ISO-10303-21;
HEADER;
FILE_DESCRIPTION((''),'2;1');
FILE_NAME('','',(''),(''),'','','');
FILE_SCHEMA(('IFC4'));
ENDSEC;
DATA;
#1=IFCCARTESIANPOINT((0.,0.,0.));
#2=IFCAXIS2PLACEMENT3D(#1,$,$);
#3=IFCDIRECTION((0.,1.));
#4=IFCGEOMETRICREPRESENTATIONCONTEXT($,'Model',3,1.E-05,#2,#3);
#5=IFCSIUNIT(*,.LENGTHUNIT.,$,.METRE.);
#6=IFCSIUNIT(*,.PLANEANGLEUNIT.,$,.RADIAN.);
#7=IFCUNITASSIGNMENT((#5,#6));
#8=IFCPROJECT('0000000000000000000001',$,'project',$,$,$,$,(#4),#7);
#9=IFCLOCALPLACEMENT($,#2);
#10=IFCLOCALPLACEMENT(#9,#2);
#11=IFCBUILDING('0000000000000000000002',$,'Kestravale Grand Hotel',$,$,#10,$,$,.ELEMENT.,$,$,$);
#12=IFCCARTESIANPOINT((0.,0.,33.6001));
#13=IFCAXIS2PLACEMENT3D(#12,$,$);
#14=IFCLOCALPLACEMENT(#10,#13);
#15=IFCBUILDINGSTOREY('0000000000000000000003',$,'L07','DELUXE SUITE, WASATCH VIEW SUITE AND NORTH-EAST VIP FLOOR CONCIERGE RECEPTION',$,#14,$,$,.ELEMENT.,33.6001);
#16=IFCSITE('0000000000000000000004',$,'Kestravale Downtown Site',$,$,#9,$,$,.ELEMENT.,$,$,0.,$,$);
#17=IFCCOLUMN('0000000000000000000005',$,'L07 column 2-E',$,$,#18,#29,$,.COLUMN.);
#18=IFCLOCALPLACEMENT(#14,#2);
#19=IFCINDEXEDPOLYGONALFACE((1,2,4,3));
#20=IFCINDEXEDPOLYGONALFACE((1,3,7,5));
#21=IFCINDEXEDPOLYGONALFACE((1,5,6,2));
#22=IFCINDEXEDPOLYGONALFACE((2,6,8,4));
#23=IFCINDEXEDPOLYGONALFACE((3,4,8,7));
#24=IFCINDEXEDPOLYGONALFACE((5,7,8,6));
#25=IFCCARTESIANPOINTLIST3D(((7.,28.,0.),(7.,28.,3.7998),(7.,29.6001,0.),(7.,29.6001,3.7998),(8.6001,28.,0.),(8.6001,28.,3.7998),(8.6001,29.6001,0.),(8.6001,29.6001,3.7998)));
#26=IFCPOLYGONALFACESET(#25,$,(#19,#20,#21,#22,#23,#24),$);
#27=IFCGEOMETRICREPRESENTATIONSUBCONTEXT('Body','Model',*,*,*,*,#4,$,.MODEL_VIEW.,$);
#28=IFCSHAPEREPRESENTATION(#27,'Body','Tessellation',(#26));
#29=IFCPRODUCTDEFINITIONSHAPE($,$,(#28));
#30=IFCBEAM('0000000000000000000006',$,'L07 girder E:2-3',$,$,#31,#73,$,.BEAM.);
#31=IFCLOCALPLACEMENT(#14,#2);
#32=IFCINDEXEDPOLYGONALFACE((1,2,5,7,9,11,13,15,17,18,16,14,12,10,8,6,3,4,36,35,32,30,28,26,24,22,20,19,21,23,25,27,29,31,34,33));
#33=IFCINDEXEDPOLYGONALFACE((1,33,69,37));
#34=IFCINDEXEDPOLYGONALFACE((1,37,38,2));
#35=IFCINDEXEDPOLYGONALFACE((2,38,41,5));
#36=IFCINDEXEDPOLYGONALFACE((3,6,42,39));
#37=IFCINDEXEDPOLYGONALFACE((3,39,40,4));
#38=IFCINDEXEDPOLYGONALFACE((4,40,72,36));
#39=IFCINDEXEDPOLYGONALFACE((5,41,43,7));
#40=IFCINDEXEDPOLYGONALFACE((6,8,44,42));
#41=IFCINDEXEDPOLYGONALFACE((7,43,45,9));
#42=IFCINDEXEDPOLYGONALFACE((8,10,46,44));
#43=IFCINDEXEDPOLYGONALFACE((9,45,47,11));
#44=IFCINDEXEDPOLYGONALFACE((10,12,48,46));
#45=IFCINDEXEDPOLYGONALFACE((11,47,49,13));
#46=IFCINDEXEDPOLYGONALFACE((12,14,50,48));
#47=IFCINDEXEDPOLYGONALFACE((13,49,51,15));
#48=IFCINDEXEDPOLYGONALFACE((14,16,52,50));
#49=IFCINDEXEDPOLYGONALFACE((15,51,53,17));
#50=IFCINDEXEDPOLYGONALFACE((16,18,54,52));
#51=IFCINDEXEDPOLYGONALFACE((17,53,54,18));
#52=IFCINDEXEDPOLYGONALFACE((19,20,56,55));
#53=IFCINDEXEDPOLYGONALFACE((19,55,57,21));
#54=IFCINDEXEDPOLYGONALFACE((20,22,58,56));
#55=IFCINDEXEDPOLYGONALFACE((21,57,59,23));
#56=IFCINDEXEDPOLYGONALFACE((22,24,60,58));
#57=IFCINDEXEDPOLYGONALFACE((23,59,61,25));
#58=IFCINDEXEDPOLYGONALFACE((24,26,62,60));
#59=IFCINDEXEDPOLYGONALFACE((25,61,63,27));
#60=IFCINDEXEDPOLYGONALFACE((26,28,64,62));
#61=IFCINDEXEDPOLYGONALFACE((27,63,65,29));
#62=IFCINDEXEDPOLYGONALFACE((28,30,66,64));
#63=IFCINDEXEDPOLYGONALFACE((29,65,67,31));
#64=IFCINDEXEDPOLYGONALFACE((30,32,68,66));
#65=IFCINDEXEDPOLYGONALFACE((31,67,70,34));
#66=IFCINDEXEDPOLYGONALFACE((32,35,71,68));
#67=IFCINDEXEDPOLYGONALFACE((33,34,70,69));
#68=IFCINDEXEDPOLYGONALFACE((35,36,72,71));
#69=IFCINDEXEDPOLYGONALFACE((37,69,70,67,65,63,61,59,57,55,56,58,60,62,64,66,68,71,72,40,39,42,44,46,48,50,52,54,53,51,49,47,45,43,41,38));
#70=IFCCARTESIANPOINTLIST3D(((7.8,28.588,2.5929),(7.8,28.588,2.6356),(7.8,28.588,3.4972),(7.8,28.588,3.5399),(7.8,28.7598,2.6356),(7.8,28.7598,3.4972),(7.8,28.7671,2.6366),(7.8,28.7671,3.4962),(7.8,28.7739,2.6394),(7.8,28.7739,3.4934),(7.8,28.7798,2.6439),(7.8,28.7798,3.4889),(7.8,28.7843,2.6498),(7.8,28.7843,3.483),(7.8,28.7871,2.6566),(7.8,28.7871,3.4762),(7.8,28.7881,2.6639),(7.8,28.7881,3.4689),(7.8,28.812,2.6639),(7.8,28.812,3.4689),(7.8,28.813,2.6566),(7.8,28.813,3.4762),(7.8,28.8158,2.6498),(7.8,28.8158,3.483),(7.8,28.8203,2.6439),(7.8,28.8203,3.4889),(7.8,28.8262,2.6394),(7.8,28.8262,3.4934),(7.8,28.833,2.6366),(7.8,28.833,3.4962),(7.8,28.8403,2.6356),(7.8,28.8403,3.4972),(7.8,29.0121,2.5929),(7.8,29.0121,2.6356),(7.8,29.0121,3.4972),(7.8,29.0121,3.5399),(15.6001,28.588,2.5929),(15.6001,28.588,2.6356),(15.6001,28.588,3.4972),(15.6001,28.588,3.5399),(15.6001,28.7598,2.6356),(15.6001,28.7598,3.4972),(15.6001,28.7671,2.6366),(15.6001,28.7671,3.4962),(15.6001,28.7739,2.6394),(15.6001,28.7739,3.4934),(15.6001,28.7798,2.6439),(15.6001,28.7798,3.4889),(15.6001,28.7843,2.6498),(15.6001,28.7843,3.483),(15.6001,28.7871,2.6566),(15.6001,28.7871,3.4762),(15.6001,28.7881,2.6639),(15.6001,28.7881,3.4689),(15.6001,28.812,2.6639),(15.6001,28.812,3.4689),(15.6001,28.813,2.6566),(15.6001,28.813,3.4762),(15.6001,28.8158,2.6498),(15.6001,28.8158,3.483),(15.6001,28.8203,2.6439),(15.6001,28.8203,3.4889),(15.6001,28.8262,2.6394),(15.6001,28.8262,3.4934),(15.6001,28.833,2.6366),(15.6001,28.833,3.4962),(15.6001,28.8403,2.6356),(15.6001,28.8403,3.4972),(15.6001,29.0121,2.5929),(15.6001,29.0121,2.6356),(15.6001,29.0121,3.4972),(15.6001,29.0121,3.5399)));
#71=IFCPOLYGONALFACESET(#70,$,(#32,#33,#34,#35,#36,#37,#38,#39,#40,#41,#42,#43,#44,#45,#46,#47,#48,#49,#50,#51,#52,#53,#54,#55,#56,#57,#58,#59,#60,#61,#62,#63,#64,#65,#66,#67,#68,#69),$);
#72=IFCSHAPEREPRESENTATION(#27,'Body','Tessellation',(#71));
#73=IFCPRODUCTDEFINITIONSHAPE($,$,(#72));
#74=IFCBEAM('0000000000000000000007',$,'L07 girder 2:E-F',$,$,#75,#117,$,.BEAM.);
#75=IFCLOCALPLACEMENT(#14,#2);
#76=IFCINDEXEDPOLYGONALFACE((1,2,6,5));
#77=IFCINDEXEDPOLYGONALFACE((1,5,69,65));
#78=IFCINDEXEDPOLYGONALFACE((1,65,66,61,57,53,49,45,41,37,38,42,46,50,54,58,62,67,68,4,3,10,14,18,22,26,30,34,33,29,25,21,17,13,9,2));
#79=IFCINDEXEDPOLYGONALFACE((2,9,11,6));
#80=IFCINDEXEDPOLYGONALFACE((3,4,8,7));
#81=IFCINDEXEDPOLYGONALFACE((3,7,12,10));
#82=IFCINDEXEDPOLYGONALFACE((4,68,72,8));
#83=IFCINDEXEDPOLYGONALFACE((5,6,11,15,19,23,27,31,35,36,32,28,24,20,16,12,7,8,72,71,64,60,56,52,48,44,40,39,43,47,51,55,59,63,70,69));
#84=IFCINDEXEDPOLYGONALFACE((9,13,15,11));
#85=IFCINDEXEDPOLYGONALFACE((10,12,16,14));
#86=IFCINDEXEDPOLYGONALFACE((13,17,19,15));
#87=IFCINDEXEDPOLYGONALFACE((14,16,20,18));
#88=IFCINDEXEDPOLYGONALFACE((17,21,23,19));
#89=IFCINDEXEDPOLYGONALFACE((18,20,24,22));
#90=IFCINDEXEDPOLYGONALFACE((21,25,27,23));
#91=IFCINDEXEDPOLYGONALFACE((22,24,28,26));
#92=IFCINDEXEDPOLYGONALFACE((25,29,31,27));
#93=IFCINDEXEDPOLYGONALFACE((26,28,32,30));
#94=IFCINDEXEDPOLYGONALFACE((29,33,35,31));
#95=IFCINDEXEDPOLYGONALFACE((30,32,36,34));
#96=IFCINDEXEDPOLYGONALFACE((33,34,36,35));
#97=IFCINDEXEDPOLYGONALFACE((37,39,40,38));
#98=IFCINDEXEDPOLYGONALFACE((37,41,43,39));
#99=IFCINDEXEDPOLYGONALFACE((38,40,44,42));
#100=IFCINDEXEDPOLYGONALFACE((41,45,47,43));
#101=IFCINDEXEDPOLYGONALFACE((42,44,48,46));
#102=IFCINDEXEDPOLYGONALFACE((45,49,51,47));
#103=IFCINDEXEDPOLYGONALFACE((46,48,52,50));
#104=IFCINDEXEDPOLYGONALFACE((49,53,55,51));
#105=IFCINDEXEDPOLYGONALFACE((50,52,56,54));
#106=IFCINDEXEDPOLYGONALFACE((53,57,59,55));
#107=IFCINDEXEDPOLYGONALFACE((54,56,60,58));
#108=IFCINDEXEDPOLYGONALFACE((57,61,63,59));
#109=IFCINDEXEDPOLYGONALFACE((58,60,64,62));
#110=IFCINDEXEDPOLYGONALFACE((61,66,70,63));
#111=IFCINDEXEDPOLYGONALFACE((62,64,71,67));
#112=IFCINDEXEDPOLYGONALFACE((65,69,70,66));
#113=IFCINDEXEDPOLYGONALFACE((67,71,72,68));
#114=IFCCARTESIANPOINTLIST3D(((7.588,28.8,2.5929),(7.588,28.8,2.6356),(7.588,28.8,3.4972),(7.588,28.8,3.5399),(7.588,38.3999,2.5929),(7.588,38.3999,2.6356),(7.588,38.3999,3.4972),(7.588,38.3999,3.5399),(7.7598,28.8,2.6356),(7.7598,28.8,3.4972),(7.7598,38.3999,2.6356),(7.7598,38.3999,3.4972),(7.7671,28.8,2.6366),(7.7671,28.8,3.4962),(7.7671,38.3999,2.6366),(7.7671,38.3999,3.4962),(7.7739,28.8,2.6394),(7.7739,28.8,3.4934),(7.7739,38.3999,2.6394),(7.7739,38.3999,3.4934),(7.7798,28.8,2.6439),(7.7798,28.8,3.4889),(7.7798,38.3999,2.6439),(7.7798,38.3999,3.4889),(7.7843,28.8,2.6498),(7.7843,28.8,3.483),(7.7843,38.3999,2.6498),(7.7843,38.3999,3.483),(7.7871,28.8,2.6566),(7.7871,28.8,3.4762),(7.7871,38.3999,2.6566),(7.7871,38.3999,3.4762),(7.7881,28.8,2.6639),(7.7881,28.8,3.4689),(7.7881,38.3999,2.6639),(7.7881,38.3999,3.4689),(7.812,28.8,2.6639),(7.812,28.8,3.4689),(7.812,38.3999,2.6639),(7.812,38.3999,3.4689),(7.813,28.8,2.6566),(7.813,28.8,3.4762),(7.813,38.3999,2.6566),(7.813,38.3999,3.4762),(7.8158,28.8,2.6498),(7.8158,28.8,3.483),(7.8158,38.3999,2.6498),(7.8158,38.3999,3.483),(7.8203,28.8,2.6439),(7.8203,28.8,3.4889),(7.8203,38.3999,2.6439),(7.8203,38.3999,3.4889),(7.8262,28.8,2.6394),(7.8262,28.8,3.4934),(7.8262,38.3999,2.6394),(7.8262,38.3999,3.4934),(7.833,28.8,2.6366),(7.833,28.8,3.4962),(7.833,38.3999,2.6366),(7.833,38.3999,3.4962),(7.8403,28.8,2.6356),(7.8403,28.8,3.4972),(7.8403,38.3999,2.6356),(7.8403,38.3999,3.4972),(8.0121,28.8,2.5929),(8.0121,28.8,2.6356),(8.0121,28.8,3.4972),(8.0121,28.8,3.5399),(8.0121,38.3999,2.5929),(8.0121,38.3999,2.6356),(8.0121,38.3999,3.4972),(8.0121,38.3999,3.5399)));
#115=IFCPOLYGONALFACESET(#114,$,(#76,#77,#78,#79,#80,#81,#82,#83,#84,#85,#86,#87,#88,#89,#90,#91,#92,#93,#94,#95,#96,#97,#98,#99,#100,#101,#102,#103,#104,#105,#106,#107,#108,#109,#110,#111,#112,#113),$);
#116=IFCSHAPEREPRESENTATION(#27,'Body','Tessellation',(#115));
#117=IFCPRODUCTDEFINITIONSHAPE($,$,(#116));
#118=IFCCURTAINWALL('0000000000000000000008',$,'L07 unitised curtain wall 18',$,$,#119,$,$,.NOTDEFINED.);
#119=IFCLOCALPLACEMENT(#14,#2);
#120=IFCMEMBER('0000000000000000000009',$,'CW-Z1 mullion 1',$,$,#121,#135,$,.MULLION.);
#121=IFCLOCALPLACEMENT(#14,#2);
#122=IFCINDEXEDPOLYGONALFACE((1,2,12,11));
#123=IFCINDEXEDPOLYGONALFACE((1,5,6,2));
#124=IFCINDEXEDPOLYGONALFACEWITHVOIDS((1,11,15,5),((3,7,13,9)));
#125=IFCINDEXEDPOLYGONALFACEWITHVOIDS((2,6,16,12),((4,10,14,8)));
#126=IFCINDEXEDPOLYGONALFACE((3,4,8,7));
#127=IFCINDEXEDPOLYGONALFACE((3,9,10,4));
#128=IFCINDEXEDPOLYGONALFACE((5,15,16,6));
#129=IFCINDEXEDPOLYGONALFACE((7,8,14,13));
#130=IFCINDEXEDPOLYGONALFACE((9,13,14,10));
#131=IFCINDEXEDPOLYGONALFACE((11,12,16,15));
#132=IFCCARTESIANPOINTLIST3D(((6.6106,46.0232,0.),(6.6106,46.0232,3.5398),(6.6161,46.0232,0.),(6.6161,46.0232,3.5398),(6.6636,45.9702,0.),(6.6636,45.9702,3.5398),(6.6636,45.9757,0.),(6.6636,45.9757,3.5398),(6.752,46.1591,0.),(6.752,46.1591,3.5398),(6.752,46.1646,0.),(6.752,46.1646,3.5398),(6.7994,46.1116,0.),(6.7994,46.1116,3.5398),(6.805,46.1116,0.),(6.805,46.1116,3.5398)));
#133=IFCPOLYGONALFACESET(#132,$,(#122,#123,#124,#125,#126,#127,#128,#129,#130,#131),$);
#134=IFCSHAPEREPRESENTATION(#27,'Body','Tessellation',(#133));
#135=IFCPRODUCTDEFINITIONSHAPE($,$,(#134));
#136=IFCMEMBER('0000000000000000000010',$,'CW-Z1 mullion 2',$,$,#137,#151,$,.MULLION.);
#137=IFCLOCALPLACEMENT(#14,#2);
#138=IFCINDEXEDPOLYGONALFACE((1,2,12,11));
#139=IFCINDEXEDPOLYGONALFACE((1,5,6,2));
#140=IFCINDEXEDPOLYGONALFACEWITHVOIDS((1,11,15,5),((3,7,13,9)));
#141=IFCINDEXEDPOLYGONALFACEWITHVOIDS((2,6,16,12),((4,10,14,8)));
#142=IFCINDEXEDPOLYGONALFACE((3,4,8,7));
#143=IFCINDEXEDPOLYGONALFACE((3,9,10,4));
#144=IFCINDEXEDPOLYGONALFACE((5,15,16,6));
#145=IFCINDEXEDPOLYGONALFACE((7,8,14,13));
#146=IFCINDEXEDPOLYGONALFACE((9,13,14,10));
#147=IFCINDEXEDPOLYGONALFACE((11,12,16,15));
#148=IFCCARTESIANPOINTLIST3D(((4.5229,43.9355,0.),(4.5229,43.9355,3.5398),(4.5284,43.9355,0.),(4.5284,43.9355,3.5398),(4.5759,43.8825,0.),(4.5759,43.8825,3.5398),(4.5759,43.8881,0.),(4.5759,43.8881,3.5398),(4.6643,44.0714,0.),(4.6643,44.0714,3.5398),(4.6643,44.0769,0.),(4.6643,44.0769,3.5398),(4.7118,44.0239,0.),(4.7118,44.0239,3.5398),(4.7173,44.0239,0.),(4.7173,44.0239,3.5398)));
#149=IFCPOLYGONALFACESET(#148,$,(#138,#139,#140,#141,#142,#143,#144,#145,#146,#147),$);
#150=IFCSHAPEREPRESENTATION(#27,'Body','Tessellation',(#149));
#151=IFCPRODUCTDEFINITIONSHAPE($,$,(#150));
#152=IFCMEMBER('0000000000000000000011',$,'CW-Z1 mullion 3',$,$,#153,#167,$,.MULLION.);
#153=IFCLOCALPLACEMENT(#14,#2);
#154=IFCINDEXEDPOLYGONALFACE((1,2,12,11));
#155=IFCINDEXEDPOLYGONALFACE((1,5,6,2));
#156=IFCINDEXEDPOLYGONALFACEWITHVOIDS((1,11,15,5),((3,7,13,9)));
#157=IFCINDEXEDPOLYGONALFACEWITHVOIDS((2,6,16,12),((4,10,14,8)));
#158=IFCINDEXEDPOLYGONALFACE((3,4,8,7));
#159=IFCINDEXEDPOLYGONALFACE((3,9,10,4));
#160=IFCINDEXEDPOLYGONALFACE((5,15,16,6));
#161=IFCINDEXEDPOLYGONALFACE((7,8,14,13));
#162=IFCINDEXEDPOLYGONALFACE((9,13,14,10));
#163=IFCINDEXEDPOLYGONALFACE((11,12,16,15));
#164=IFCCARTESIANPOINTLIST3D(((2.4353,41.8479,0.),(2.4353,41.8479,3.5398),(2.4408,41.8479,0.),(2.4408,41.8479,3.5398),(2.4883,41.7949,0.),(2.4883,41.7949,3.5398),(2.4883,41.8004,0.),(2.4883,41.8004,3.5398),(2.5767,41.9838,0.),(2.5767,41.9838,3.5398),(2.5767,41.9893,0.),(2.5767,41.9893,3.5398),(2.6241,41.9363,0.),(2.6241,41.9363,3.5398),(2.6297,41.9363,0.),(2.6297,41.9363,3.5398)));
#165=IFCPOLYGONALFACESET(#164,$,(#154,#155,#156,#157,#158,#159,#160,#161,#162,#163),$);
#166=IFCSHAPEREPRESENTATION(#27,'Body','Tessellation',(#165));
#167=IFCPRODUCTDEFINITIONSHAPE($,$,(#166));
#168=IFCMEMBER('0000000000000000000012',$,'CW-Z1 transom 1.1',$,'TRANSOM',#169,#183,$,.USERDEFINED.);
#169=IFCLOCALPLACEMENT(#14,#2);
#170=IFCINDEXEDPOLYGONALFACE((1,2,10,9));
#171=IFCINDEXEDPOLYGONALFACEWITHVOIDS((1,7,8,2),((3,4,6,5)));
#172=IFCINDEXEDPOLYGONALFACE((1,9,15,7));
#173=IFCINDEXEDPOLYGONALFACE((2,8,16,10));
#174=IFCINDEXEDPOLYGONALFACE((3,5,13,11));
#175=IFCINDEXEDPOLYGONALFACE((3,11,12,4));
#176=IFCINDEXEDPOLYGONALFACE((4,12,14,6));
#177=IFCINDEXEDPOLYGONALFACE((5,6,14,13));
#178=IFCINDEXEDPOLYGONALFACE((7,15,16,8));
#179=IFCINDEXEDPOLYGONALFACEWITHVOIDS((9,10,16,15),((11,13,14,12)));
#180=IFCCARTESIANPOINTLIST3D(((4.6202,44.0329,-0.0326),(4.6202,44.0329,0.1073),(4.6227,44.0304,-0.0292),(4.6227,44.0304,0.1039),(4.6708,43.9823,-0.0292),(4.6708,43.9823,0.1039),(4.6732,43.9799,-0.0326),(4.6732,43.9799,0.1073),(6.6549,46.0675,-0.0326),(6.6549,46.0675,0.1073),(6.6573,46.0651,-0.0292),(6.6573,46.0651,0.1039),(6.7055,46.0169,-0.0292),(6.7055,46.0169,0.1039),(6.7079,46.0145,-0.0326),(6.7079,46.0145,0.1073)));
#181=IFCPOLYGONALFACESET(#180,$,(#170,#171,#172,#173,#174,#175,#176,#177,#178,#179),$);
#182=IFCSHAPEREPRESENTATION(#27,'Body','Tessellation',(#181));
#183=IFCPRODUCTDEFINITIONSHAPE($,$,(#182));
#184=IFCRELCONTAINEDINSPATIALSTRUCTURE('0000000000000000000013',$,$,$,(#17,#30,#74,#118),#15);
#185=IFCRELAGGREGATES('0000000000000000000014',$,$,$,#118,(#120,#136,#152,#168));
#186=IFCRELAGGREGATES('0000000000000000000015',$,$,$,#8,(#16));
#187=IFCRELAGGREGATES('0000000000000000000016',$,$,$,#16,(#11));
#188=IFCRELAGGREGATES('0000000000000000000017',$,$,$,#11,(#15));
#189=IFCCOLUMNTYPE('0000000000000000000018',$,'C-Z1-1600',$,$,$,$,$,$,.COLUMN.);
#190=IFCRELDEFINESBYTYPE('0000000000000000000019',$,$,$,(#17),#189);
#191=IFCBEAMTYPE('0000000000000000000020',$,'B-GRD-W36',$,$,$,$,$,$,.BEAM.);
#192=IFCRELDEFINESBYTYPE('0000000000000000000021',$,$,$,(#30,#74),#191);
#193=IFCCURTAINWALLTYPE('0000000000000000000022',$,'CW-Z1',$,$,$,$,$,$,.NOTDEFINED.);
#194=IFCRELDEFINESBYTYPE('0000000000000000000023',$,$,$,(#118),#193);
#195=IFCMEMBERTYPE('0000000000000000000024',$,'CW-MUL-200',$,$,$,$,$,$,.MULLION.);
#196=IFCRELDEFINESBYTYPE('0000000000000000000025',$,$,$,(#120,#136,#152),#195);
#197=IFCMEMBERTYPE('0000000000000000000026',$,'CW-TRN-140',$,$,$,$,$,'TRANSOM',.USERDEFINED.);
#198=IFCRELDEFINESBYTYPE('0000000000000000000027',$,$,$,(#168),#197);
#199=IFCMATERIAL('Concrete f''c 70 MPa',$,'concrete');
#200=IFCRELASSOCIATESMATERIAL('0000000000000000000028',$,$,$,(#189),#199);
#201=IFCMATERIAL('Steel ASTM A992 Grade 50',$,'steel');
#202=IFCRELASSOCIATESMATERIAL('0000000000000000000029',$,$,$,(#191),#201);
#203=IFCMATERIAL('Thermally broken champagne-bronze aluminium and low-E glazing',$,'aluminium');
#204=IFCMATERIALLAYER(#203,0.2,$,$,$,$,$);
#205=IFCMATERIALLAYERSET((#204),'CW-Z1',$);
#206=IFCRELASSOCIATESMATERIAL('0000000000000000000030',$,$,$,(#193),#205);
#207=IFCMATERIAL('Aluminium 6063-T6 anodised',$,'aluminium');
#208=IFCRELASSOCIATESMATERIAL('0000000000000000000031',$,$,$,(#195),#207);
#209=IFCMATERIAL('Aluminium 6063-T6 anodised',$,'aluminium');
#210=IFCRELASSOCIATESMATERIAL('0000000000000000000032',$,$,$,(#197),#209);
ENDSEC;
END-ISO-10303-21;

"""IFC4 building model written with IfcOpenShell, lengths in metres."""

from ifc_helpers import new_model, si_unit, direction, frame, origin, origin_2d, place, context, subcontext, project, spatial, rectangle, hollow_rectangle, i_section, extrude, material, layer, layer_set, material_profile, profile_set, type_object, element, aggregate, save


model = new_model("IFC4")

# Units and contexts
model_context = context("Model", 3, precision=1e-05, world=origin(), true_north=direction((0.0, 1.0)))
body_context = subcontext(model_context, "Body", "Model", "MODEL_VIEW")
ifc_project = project(units=[si_unit("LENGTHUNIT", "METRE"), si_unit("PLANEANGLEUNIT", "RADIAN")], contexts=[model_context])

# Site, building, storey
site_placement = place(None, origin())
site = spatial("IfcSite", under=ifc_project, at=site_placement, Name="Kestravale Downtown Site", CompositionType="ELEMENT", RefElevation=0.0)
building_placement = place(site_placement, origin())
building = spatial("IfcBuilding", under=site, at=building_placement, Name="Kestravale Grand Hotel", CompositionType="ELEMENT")
storey_placement = place(building_placement, frame((0.0, 0.0, 33.6001)))
storey = spatial("IfcBuildingStorey", under=building, at=storey_placement, Name="L07", Description="DELUXE SUITE, WASATCH VIEW SUITE AND NORTH-EAST VIP FLOOR CONCIERGE RECEPTION", CompositionType="ELEMENT", Elevation=33.6001)

# Column
ifc_material_1 = material(Name="Concrete f'c 70 MPa", Category="concrete")
ifc_material_profile_1 = material_profile(ifc_material_1, rectangle(XDim=1.6001, YDim=1.6001, at=origin_2d()))
ifc_profile_set_1 = profile_set([ifc_material_profile_1], Name="Concrete f'c 70 MPa")
column_type = type_object("IfcColumnType", Name="C-Z1-1600", PredefinedType="COLUMN", material=ifc_profile_set_1)
column_placement = place(storey_placement, frame((7.8, 28.8, 0.0), z_axis=(0.0, 0.0, 1.0), x_axis=(1.0, 0.0, 0.0)))
element("IfcColumn", 1, at=column_placement, inside=storey, type_object=column_type, Name="L07 column 2-E", PredefinedType="COLUMN", context=body_context, shape_type="SweptSolid", body=[
    extrude(rectangle(XDim=1.6001, YDim=1.6001, at=origin_2d()), origin(), (0.0, 0.0, 1.0), 3.7998),
])

# Beams
ifc_material_2 = material(Name="Steel ASTM A992 Grade 50", Category="steel")
ifc_material_profile_2 = material_profile(ifc_material_2, i_section(OverallWidth=0.4241, OverallDepth=0.947, WebThickness=0.0239, FlangeThickness=0.0427, FilletRadius=0.0283, at=origin_2d()))
ifc_profile_set_2 = profile_set([ifc_material_profile_2], Name="Steel ASTM A992 Grade 50")
beam_type = type_object("IfcBeamType", Name="B-GRD-W36", PredefinedType="BEAM", material=ifc_profile_set_2)
beam_1_placement = place(storey_placement, frame((7.8, 28.8, 3.0664), z_axis=(1.0, 0.0, 0.0), x_axis=(0.0, 1.0, 0.0)))
element("IfcBeam", 2, at=beam_1_placement, inside=storey, type_object=beam_type, Name="L07 girder E:2-3", PredefinedType="BEAM", context=body_context, shape_type="SweptSolid", body=[
    extrude(i_section(OverallWidth=0.4241, OverallDepth=0.947, WebThickness=0.0239, FlangeThickness=0.0427, FilletRadius=0.0283, at=origin_2d()), origin(), (0.0, 0.0, 1.0), 7.8),
])
beam_2_placement = place(storey_placement, frame((7.8, 28.8, 3.0664), z_axis=(0.0, 1.0, 0.0), x_axis=(-1.0, 0.0, 0.0)))
element("IfcBeam", 3, at=beam_2_placement, inside=storey, type_object=beam_type, Name="L07 girder 2:E-F", PredefinedType="BEAM", context=body_context, shape_type="SweptSolid", body=[
    extrude(i_section(OverallWidth=0.4241, OverallDepth=0.947, WebThickness=0.0239, FlangeThickness=0.0427, FilletRadius=0.0283, at=origin_2d()), origin(), (0.0, 0.0, 1.0), 9.5999),
])

# Curtain wall, members
ifc_material_3 = material(Name="Thermally broken champagne-bronze aluminium and low-E glazing", Category="aluminium")
ifc_layer_1 = layer(ifc_material_3, 0.2)
ifc_layer_set_1 = layer_set([ifc_layer_1], Name="CW-Z1")
curtain_wall_type = type_object("IfcCurtainWallType", Name="CW-Z1", PredefinedType="NOTDEFINED", material=ifc_layer_set_1)
curtain_wall_placement = place(storey_placement, origin())
curtain_wall = element("IfcCurtainWall", 4, at=curtain_wall_placement, inside=storey, type_object=curtain_wall_type, Name="L07 unitised curtain wall 18", PredefinedType="NOTDEFINED")
ifc_material_4 = material(Name="Aluminium 6063-T6 anodised", Category="aluminium")
ifc_material_profile_3 = material_profile(ifc_material_4, hollow_rectangle(XDim=0.075, YDim=0.2, WallThickness=0.0039, at=origin_2d()))
ifc_profile_set_3 = profile_set([ifc_material_profile_3], Name="Aluminium 6063-T6 anodised")
member_type_1 = type_object("IfcMemberType", Name="CW-MUL-200", PredefinedType="MULLION", material=ifc_profile_set_3)
member_1_placement = place(storey_placement, frame((6.7078, 46.0674, 0.0), z_axis=(0.0, 0.0, 1.0), x_axis=(0.707107, -0.707107, 0.0)))
member_1 = element("IfcMember", 5, at=member_1_placement, type_object=member_type_1, Name="CW-Z1 mullion 1", PredefinedType="MULLION", context=body_context, shape_type="SweptSolid", body=[
    extrude(hollow_rectangle(XDim=0.075, YDim=0.2, WallThickness=0.0039, at=origin_2d()), origin(), (0.0, 0.0, 1.0), 3.5398),
])
member_2_placement = place(storey_placement, frame((4.6201, 43.9797, 0.0), z_axis=(0.0, 0.0, 1.0), x_axis=(0.707107, -0.707107, 0.0)))
member_2 = element("IfcMember", 6, at=member_2_placement, type_object=member_type_1, Name="CW-Z1 mullion 2", PredefinedType="MULLION", context=body_context, shape_type="SweptSolid", body=[
    extrude(hollow_rectangle(XDim=0.075, YDim=0.2, WallThickness=0.0039, at=origin_2d()), origin(), (0.0, 0.0, 1.0), 3.5398),
])
member_3_placement = place(storey_placement, frame((2.5325, 41.8921, 0.0), z_axis=(0.0, 0.0, 1.0), x_axis=(0.707107, -0.707107, 0.0)))
member_3 = element("IfcMember", 7, at=member_3_placement, type_object=member_type_1, Name="CW-Z1 mullion 3", PredefinedType="MULLION", context=body_context, shape_type="SweptSolid", body=[
    extrude(hollow_rectangle(XDim=0.075, YDim=0.2, WallThickness=0.0039, at=origin_2d()), origin(), (0.0, 0.0, 1.0), 3.5398),
])
ifc_material_5 = material(Name="Aluminium 6063-T6 anodised", Category="aluminium")
ifc_material_profile_4 = material_profile(ifc_material_5, hollow_rectangle(XDim=0.075, YDim=0.1399, WallThickness=0.0034, at=origin_2d()))
ifc_profile_set_4 = profile_set([ifc_material_profile_4], Name="Aluminium 6063-T6 anodised")
member_type_2 = type_object("IfcMemberType", Name="CW-TRN-140", ElementType="TRANSOM", PredefinedType="USERDEFINED", material=ifc_profile_set_4)
member_4_placement = place(storey_placement, frame((6.6814, 46.041, 0.0374), z_axis=(-0.707107, -0.707107, 0.0), x_axis=(0.707107, -0.707107, 0.0)))
member_4 = element("IfcMember", 8, at=member_4_placement, type_object=member_type_2, Name="CW-Z1 transom 1.1", ObjectType="TRANSOM", PredefinedType="USERDEFINED", context=body_context, shape_type="SweptSolid", body=[
    extrude(hollow_rectangle(XDim=0.075, YDim=0.1399, WallThickness=0.0034, at=origin_2d()), origin(), (0.0, 0.0, 1.0), 2.8774),
])
aggregate(curtain_wall, [member_1, member_2, member_3, member_4])

save(model, "model.ifc")
